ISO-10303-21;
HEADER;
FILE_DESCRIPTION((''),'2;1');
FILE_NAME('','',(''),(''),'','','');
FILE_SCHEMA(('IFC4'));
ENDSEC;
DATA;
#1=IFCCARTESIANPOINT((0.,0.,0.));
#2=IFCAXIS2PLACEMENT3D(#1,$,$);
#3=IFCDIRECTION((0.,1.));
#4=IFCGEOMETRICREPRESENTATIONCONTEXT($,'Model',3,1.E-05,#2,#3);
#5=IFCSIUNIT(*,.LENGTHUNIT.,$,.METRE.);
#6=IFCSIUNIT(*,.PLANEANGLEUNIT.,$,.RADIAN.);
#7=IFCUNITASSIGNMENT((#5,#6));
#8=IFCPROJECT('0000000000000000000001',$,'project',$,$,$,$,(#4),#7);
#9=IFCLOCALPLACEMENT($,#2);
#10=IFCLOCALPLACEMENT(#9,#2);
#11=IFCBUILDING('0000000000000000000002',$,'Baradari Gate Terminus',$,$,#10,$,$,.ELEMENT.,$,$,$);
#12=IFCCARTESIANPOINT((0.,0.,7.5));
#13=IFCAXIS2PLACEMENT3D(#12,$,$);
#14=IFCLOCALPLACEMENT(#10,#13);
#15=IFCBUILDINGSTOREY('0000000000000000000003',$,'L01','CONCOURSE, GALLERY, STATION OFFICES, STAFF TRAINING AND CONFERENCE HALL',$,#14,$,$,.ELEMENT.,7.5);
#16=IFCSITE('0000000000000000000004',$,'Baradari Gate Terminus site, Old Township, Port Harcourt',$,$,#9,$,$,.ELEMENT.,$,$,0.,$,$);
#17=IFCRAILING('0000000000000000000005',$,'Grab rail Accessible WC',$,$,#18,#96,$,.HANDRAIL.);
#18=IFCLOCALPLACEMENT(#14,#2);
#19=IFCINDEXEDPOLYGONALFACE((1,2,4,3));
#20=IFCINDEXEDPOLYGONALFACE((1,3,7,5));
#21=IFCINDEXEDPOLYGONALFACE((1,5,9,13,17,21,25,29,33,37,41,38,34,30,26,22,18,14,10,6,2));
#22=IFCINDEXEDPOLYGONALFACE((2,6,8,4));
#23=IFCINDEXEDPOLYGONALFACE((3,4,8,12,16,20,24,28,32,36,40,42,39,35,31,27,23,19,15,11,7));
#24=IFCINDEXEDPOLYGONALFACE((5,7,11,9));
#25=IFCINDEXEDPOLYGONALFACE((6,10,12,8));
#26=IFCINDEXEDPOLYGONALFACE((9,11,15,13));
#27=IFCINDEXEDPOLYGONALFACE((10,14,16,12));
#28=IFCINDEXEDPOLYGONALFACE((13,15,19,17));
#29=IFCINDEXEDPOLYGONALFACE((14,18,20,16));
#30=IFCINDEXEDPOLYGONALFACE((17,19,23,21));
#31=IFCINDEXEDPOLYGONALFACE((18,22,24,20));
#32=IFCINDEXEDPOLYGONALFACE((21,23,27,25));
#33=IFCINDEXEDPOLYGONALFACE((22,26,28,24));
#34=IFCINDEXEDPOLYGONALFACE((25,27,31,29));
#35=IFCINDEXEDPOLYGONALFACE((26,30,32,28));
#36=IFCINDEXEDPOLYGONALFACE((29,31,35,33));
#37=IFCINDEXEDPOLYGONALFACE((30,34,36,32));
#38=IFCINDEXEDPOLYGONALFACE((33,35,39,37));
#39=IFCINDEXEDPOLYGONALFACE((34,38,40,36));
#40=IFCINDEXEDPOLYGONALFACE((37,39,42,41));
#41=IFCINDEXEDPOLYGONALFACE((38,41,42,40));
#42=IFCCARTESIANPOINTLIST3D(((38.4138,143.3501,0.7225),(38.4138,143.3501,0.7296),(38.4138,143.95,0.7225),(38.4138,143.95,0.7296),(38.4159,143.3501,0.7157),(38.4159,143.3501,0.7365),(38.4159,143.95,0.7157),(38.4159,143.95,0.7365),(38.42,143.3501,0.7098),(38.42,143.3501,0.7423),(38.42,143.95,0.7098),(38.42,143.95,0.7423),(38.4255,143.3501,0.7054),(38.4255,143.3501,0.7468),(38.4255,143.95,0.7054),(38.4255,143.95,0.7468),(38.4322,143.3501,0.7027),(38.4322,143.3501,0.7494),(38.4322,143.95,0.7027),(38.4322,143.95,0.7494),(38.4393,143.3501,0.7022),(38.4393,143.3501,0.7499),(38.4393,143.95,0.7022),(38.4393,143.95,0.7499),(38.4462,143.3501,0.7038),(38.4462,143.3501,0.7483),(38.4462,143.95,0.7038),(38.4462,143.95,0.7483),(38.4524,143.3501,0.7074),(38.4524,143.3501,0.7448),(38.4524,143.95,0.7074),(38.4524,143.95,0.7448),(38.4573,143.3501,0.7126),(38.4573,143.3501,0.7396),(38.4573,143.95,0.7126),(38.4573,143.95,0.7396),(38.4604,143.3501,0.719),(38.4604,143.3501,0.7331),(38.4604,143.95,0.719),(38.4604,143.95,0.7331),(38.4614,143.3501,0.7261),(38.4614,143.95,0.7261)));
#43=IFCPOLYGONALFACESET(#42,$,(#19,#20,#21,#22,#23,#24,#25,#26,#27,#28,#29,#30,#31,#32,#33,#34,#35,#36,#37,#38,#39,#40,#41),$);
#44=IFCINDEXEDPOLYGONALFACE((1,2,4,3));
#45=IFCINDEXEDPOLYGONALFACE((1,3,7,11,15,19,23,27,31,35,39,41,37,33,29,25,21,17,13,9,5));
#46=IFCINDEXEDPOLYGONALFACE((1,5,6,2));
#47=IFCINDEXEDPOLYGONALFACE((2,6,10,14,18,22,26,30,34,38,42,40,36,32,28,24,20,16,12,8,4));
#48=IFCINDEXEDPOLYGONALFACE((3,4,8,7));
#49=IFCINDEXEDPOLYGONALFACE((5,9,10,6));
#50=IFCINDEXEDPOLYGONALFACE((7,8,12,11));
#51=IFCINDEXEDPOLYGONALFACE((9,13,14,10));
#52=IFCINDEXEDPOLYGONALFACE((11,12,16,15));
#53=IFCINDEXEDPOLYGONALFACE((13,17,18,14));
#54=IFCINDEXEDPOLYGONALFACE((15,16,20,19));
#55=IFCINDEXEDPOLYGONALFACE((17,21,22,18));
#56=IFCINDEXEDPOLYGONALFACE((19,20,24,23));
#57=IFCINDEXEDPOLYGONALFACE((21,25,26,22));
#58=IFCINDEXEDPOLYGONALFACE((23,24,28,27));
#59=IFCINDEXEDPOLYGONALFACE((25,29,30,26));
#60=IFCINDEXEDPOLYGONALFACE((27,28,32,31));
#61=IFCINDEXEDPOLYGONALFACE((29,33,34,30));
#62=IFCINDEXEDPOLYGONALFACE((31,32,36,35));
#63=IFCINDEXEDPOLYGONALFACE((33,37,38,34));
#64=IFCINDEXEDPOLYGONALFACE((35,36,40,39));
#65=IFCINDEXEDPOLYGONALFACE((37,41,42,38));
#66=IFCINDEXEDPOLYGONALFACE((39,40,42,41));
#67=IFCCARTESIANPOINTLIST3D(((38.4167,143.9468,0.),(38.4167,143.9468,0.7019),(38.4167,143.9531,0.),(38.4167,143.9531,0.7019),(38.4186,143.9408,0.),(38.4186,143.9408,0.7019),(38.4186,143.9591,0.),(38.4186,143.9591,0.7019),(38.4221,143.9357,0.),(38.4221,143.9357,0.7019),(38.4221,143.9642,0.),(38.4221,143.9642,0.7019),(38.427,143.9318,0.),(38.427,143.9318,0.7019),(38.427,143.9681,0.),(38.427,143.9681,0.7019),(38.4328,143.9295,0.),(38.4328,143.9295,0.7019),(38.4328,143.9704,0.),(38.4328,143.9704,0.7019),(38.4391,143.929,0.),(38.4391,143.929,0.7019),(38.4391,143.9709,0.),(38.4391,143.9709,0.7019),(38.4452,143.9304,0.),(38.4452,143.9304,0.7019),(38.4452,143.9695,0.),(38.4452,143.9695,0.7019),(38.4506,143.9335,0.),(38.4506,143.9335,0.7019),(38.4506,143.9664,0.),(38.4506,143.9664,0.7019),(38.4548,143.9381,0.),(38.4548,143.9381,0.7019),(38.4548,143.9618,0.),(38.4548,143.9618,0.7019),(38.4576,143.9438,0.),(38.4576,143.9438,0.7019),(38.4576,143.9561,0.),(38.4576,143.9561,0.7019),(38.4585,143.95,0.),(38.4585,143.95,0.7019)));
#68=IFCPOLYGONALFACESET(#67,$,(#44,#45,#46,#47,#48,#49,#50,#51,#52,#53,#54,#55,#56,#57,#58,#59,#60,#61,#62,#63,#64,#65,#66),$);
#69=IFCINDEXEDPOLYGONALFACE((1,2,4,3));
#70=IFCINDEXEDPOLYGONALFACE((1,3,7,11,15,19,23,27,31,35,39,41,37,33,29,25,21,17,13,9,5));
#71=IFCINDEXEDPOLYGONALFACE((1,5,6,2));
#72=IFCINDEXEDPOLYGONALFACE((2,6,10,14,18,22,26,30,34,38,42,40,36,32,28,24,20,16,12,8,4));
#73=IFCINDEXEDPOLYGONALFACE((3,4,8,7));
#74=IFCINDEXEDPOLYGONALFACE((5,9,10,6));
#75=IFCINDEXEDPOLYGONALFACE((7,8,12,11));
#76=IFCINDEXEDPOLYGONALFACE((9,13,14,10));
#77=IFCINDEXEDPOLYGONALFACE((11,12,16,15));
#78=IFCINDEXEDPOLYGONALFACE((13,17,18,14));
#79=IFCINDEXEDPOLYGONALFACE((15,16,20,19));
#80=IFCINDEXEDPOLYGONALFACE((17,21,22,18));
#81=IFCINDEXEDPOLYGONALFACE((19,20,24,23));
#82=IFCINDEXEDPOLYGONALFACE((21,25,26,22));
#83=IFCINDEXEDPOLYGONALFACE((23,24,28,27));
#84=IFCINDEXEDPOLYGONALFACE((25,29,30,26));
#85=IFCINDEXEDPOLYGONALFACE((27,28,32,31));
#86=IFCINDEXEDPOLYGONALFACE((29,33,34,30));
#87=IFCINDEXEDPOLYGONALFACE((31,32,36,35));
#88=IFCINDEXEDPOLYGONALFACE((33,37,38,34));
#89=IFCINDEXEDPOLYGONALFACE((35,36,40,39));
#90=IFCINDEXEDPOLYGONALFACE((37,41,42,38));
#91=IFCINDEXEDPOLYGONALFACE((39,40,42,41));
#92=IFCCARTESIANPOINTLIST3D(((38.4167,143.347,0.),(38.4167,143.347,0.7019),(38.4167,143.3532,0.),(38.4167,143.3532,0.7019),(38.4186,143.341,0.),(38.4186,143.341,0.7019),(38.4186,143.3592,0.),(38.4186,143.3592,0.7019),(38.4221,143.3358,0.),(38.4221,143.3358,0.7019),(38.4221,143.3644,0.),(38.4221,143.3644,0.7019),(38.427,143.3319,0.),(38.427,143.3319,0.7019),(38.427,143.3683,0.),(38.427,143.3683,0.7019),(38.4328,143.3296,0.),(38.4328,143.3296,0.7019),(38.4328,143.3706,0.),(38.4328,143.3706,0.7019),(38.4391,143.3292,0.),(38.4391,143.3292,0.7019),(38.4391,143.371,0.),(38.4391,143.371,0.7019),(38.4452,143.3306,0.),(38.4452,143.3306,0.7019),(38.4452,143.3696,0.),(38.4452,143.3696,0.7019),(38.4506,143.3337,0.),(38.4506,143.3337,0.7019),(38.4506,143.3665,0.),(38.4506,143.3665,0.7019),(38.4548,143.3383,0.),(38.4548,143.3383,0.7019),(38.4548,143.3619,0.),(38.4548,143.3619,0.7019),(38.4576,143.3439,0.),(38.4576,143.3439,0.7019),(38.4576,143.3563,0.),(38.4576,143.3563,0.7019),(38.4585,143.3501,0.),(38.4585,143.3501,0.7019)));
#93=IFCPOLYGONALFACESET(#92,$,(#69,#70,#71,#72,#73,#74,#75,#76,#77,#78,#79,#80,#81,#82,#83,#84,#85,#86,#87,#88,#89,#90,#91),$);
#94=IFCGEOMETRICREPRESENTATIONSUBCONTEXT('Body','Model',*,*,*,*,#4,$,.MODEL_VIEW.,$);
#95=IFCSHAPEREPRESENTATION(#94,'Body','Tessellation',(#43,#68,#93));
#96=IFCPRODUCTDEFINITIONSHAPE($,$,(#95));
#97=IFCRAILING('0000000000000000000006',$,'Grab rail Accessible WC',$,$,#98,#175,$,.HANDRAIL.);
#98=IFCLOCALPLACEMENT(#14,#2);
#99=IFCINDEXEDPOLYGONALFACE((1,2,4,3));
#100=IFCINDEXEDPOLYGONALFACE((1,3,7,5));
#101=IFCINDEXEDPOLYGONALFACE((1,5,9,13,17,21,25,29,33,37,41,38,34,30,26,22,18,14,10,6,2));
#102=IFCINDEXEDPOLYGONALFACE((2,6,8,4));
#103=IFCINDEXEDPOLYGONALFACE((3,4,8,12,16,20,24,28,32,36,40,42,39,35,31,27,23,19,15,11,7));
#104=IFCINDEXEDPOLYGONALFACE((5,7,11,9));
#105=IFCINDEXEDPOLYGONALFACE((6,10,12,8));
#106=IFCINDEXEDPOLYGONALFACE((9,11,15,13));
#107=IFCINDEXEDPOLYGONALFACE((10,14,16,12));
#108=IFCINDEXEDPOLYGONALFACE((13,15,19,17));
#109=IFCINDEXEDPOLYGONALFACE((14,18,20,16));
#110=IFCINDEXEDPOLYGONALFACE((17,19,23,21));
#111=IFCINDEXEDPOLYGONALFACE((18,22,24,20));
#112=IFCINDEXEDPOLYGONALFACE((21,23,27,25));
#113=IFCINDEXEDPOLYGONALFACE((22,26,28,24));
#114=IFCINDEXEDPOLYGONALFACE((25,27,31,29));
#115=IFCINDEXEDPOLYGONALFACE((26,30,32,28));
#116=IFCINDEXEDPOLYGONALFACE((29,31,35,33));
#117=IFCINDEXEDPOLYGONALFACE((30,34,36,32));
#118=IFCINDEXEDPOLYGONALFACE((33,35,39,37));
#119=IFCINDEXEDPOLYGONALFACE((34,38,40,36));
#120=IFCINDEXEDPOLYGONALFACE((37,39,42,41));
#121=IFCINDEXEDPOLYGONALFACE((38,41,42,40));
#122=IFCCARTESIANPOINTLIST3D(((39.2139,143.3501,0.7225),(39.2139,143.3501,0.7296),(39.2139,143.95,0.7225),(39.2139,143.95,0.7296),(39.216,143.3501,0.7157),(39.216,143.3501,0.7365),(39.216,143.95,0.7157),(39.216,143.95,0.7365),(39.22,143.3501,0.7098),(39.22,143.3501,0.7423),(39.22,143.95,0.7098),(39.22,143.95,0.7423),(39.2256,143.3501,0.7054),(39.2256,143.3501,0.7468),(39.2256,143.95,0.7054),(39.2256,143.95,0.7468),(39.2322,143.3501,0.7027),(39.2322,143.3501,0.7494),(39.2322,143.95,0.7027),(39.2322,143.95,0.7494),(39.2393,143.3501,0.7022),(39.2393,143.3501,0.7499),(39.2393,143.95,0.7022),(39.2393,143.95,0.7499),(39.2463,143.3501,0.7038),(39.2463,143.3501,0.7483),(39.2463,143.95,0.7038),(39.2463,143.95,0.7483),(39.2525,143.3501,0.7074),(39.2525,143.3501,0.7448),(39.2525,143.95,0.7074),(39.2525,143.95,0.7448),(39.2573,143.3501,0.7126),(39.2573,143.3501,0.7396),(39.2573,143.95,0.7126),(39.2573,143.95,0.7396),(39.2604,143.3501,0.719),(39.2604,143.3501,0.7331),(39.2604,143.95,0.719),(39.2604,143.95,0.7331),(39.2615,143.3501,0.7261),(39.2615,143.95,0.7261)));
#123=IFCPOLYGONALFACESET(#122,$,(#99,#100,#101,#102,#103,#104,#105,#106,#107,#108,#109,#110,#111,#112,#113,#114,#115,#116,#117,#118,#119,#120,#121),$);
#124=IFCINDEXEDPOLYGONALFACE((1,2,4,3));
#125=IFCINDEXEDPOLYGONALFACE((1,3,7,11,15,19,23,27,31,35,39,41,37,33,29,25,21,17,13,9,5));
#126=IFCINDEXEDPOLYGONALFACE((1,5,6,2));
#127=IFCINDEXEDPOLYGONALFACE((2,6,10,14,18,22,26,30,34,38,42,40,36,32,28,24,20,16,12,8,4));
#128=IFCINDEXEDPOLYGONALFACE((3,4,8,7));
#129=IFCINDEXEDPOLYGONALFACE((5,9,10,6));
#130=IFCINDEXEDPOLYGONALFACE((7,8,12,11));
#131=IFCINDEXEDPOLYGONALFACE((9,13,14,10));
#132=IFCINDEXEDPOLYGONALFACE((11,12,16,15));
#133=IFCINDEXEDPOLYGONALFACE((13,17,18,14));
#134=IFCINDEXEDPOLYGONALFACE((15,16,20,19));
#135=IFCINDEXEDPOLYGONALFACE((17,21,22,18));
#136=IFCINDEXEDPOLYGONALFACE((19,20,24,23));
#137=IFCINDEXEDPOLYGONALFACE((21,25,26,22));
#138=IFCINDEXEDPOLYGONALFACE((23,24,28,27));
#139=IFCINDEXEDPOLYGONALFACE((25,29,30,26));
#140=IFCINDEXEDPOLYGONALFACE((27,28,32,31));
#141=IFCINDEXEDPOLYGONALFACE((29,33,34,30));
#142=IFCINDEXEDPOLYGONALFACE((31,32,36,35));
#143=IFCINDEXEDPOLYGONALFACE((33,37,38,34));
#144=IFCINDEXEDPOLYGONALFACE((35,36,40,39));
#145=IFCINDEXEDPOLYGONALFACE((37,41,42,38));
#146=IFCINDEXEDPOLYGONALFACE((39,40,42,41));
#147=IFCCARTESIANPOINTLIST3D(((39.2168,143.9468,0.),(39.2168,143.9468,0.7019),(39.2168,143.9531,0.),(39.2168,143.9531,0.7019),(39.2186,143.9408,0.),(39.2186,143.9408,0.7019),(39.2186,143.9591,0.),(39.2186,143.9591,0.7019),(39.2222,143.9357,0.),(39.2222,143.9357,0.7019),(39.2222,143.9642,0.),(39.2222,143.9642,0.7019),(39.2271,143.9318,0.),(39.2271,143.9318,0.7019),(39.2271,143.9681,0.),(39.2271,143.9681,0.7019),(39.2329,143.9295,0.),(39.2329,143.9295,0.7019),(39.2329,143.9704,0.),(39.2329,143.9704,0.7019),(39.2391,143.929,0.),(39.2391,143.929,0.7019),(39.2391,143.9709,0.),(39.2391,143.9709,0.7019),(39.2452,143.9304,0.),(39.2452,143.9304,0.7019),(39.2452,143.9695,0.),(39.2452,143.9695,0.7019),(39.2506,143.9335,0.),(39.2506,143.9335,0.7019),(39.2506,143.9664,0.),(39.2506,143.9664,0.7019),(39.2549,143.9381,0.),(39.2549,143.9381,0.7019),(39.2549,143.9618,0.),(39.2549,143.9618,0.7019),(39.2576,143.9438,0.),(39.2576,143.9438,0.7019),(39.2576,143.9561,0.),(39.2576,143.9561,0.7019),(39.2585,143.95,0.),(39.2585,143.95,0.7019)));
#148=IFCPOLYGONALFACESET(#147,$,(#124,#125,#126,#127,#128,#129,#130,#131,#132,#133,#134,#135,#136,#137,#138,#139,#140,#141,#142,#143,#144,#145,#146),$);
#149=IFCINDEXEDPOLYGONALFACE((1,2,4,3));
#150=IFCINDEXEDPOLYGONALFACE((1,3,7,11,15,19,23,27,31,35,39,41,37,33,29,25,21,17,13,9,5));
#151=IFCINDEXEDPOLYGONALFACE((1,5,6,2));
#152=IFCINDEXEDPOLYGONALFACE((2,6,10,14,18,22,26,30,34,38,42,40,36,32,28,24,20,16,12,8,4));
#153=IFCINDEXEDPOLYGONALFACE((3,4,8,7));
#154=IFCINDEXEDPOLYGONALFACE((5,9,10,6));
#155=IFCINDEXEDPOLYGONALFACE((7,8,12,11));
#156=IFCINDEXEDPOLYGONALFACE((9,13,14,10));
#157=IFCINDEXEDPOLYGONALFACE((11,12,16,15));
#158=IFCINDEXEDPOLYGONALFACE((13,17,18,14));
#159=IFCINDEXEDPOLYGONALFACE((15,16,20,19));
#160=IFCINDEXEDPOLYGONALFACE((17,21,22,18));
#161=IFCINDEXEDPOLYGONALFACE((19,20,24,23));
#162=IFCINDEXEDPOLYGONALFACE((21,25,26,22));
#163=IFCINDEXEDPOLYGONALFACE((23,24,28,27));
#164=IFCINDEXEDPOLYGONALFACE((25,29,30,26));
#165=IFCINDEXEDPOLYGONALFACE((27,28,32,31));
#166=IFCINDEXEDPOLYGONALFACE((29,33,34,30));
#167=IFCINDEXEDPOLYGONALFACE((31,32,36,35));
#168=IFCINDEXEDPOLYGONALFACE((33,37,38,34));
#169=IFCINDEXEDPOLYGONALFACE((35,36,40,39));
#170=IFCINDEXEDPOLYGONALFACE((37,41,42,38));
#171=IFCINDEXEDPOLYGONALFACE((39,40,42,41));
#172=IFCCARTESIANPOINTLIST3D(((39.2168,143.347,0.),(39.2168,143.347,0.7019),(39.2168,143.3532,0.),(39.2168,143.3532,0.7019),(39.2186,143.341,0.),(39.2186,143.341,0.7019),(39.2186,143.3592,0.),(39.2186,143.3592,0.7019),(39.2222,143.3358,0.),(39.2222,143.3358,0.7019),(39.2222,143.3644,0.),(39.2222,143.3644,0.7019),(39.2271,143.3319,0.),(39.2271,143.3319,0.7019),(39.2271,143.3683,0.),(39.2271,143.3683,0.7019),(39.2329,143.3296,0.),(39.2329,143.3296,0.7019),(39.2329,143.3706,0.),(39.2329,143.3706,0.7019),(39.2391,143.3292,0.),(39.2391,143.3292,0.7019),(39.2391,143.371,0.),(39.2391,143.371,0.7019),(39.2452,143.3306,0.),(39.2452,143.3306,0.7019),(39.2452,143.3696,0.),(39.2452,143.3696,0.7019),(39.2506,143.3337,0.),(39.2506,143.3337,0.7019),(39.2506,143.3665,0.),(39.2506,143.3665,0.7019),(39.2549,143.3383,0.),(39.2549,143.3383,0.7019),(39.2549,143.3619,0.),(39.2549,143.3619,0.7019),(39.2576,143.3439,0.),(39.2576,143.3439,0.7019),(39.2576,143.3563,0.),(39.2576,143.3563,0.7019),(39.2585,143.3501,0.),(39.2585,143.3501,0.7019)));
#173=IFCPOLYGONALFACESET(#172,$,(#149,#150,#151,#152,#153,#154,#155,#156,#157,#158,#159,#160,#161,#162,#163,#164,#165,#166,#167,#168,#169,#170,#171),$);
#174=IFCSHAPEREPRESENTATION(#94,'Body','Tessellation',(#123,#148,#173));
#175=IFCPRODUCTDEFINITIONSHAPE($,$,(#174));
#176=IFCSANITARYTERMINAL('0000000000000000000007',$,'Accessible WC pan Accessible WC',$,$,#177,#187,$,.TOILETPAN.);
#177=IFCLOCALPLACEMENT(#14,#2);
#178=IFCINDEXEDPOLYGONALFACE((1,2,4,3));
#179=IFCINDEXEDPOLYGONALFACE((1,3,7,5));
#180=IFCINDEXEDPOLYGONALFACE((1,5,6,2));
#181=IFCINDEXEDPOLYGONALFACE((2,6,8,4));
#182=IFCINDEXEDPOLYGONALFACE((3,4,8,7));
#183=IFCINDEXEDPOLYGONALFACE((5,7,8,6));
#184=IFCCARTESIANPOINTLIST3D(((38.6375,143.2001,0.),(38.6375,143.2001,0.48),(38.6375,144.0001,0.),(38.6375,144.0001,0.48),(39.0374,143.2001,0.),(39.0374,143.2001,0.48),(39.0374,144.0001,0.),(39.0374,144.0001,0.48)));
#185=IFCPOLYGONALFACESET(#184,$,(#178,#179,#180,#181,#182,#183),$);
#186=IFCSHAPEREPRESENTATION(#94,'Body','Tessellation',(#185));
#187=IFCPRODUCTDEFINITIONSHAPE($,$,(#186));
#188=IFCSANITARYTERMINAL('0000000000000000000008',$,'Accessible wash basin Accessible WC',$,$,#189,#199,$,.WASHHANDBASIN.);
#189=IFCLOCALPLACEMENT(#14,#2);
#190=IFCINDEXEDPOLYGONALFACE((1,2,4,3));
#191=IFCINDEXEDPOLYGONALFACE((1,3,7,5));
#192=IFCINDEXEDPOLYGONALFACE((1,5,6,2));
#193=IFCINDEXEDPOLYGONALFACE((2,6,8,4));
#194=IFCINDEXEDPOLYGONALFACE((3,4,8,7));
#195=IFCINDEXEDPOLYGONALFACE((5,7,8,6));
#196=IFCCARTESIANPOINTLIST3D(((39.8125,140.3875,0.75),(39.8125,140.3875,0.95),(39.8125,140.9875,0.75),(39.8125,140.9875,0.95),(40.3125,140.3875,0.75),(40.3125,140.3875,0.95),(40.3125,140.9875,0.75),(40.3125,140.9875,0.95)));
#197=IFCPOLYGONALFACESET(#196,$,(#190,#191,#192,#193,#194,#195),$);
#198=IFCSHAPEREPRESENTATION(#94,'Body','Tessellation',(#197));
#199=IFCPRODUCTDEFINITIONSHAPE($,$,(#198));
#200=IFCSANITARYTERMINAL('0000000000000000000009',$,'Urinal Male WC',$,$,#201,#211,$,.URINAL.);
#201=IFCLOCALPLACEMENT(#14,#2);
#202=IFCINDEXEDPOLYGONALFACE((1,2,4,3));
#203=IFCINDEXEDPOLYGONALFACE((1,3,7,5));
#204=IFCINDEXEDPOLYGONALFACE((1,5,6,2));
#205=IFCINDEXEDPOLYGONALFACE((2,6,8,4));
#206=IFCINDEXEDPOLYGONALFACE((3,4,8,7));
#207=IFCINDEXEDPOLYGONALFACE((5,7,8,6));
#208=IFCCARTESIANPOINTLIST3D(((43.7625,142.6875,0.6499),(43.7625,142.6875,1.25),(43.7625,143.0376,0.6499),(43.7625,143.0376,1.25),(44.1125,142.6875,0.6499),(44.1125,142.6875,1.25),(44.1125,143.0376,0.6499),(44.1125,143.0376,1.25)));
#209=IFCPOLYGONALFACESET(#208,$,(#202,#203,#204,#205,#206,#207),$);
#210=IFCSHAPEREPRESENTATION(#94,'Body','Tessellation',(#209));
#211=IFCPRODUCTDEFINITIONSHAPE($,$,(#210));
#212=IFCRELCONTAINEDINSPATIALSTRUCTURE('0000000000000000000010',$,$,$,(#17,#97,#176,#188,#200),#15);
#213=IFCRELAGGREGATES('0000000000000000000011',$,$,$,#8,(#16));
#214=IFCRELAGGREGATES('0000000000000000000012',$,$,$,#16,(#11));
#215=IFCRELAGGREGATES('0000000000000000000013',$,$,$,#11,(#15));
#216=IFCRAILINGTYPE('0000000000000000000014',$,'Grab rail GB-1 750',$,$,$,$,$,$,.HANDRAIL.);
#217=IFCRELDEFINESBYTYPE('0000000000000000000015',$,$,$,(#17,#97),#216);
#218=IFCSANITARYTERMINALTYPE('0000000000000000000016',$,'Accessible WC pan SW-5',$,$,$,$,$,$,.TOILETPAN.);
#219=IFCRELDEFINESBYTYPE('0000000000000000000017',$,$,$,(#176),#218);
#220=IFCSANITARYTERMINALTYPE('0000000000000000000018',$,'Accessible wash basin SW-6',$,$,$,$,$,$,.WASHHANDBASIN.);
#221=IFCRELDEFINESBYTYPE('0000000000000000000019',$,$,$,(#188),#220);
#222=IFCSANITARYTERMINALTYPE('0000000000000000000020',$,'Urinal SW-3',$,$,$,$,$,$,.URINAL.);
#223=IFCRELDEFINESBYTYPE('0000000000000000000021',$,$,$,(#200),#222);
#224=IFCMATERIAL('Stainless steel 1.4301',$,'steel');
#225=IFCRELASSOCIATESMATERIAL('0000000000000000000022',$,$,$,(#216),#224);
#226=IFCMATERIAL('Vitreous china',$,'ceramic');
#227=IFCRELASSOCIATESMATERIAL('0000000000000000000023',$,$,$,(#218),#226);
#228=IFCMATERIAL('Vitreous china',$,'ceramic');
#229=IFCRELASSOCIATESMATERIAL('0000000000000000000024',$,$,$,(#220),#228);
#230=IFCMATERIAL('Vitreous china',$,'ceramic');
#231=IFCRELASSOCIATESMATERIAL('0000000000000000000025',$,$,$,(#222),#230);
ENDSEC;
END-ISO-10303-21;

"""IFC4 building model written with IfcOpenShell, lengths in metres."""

from ifc_helpers import new_model, si_unit, direction, frame, origin, origin_2d, place, context, subcontext, project, spatial, rectangle, circle, extrude, material, type_object, element, save


model = new_model("IFC4")

# Units and contexts
model_context = context("Model", 3, precision=1e-05, world=origin(), true_north=direction((0.0, 1.0)))
body_context = subcontext(model_context, "Body", "Model", "MODEL_VIEW")
ifc_project = project(units=[si_unit("LENGTHUNIT", "METRE"), si_unit("PLANEANGLEUNIT", "RADIAN")], contexts=[model_context])

# Site, building, storey
site_placement = place(None, origin())
site = spatial("IfcSite", under=ifc_project, at=site_placement, Name="Baradari Gate Terminus site, Old Township, Port Harcourt", CompositionType="ELEMENT", RefElevation=0.0)
building_placement = place(site_placement, origin())
building = spatial("IfcBuilding", under=site, at=building_placement, Name="Baradari Gate Terminus", CompositionType="ELEMENT")
storey_placement = place(building_placement, frame((0.0, 0.0, 7.5)))
storey = spatial("IfcBuildingStorey", under=building, at=storey_placement, Name="L01", Description="CONCOURSE, GALLERY, STATION OFFICES, STAFF TRAINING AND CONFERENCE HALL", CompositionType="ELEMENT", Elevation=7.5)

# Railings
ifc_material_1 = material(Name="Stainless steel 1.4301", Category="steel")
railing_type = type_object("IfcRailingType", Name="Grab rail GB-1 750", PredefinedType="HANDRAIL", material=ifc_material_1)
for number, where, name in (
    (1, (38.4375, 143.95, 0.0), "Grab rail Accessible WC"),
    (2, (39.2375, 143.95, 0.0), "Grab rail Accessible WC"),
):
    element("IfcRailing", number, at=place(storey_placement, frame(where)), inside=storey, type_object=railing_type, Name=name, PredefinedType="HANDRAIL", context=body_context, shape_type="SweptSolid", body=[
        extrude(circle(Radius=0.0239, at=origin_2d()), frame((0.0, 0.0, 0.7261), z_axis=(0.0, -1.0, 0.0), x_axis=(1.0, 0.0, 0.0)), (0.0, 0.0, 1.0), 0.5999),
        extrude(circle(Radius=0.021, at=origin_2d()), origin(), (0.0, 0.0, 1.0), 0.7019),
        extrude(circle(Radius=0.021, at=origin_2d()), frame((0.0, -0.5999, 0.0)), (0.0, 0.0, 1.0), 0.7019),
    ])

# Sanitary terminals
ifc_material_2 = material(Name="Vitreous china", Category="ceramic")
sanitary_terminal_type_1 = type_object("IfcSanitaryTerminalType", Name="Accessible WC pan SW-5", PredefinedType="TOILETPAN", material=ifc_material_2)
sanitary_terminal_1_placement = place(storey_placement, frame((38.8374, 143.6001, 0.0), z_axis=(0.0, 0.0, 1.0), x_axis=(1.0, 0.0, 0.0)))
element("IfcSanitaryTerminal", 3, at=sanitary_terminal_1_placement, inside=storey, type_object=sanitary_terminal_type_1, Name="Accessible WC pan Accessible WC", PredefinedType="TOILETPAN", context=body_context, shape_type="SweptSolid", body=[
    extrude(rectangle(XDim=0.3999, YDim=0.8, at=origin_2d()), origin(), (0.0, 0.0, 1.0), 0.48),
])
ifc_material_3 = material(Name="Vitreous china", Category="ceramic")
sanitary_terminal_type_2 = type_object("IfcSanitaryTerminalType", Name="Accessible wash basin SW-6", PredefinedType="WASHHANDBASIN", material=ifc_material_3)
sanitary_terminal_2_placement = place(storey_placement, frame((40.0625, 140.6875, 0.75), z_axis=(0.0, 0.0, 1.0), x_axis=(1.0, 0.0, 0.0)))
element("IfcSanitaryTerminal", 4, at=sanitary_terminal_2_placement, inside=storey, type_object=sanitary_terminal_type_2, Name="Accessible wash basin Accessible WC", PredefinedType="WASHHANDBASIN", context=body_context, shape_type="SweptSolid", body=[
    extrude(rectangle(XDim=0.5, YDim=0.6001, at=origin_2d()), origin(), (0.0, 0.0, 1.0), 0.2),
])
ifc_material_4 = material(Name="Vitreous china", Category="ceramic")
sanitary_terminal_type_3 = type_object("IfcSanitaryTerminalType", Name="Urinal SW-3", PredefinedType="URINAL", material=ifc_material_4)
sanitary_terminal_3_placement = place(storey_placement, frame((43.9375, 142.8625, 0.6499), z_axis=(0.0, 0.0, 1.0), x_axis=(1.0, 0.0, 0.0)))
element("IfcSanitaryTerminal", 5, at=sanitary_terminal_3_placement, inside=storey, type_object=sanitary_terminal_type_3, Name="Urinal Male WC", PredefinedType="URINAL", context=body_context, shape_type="SweptSolid", body=[
    extrude(rectangle(XDim=0.3501, YDim=0.3501, at=origin_2d()), origin(), (0.0, 0.0, 1.0), 0.6001),
])

save(model, "model.ifc")
